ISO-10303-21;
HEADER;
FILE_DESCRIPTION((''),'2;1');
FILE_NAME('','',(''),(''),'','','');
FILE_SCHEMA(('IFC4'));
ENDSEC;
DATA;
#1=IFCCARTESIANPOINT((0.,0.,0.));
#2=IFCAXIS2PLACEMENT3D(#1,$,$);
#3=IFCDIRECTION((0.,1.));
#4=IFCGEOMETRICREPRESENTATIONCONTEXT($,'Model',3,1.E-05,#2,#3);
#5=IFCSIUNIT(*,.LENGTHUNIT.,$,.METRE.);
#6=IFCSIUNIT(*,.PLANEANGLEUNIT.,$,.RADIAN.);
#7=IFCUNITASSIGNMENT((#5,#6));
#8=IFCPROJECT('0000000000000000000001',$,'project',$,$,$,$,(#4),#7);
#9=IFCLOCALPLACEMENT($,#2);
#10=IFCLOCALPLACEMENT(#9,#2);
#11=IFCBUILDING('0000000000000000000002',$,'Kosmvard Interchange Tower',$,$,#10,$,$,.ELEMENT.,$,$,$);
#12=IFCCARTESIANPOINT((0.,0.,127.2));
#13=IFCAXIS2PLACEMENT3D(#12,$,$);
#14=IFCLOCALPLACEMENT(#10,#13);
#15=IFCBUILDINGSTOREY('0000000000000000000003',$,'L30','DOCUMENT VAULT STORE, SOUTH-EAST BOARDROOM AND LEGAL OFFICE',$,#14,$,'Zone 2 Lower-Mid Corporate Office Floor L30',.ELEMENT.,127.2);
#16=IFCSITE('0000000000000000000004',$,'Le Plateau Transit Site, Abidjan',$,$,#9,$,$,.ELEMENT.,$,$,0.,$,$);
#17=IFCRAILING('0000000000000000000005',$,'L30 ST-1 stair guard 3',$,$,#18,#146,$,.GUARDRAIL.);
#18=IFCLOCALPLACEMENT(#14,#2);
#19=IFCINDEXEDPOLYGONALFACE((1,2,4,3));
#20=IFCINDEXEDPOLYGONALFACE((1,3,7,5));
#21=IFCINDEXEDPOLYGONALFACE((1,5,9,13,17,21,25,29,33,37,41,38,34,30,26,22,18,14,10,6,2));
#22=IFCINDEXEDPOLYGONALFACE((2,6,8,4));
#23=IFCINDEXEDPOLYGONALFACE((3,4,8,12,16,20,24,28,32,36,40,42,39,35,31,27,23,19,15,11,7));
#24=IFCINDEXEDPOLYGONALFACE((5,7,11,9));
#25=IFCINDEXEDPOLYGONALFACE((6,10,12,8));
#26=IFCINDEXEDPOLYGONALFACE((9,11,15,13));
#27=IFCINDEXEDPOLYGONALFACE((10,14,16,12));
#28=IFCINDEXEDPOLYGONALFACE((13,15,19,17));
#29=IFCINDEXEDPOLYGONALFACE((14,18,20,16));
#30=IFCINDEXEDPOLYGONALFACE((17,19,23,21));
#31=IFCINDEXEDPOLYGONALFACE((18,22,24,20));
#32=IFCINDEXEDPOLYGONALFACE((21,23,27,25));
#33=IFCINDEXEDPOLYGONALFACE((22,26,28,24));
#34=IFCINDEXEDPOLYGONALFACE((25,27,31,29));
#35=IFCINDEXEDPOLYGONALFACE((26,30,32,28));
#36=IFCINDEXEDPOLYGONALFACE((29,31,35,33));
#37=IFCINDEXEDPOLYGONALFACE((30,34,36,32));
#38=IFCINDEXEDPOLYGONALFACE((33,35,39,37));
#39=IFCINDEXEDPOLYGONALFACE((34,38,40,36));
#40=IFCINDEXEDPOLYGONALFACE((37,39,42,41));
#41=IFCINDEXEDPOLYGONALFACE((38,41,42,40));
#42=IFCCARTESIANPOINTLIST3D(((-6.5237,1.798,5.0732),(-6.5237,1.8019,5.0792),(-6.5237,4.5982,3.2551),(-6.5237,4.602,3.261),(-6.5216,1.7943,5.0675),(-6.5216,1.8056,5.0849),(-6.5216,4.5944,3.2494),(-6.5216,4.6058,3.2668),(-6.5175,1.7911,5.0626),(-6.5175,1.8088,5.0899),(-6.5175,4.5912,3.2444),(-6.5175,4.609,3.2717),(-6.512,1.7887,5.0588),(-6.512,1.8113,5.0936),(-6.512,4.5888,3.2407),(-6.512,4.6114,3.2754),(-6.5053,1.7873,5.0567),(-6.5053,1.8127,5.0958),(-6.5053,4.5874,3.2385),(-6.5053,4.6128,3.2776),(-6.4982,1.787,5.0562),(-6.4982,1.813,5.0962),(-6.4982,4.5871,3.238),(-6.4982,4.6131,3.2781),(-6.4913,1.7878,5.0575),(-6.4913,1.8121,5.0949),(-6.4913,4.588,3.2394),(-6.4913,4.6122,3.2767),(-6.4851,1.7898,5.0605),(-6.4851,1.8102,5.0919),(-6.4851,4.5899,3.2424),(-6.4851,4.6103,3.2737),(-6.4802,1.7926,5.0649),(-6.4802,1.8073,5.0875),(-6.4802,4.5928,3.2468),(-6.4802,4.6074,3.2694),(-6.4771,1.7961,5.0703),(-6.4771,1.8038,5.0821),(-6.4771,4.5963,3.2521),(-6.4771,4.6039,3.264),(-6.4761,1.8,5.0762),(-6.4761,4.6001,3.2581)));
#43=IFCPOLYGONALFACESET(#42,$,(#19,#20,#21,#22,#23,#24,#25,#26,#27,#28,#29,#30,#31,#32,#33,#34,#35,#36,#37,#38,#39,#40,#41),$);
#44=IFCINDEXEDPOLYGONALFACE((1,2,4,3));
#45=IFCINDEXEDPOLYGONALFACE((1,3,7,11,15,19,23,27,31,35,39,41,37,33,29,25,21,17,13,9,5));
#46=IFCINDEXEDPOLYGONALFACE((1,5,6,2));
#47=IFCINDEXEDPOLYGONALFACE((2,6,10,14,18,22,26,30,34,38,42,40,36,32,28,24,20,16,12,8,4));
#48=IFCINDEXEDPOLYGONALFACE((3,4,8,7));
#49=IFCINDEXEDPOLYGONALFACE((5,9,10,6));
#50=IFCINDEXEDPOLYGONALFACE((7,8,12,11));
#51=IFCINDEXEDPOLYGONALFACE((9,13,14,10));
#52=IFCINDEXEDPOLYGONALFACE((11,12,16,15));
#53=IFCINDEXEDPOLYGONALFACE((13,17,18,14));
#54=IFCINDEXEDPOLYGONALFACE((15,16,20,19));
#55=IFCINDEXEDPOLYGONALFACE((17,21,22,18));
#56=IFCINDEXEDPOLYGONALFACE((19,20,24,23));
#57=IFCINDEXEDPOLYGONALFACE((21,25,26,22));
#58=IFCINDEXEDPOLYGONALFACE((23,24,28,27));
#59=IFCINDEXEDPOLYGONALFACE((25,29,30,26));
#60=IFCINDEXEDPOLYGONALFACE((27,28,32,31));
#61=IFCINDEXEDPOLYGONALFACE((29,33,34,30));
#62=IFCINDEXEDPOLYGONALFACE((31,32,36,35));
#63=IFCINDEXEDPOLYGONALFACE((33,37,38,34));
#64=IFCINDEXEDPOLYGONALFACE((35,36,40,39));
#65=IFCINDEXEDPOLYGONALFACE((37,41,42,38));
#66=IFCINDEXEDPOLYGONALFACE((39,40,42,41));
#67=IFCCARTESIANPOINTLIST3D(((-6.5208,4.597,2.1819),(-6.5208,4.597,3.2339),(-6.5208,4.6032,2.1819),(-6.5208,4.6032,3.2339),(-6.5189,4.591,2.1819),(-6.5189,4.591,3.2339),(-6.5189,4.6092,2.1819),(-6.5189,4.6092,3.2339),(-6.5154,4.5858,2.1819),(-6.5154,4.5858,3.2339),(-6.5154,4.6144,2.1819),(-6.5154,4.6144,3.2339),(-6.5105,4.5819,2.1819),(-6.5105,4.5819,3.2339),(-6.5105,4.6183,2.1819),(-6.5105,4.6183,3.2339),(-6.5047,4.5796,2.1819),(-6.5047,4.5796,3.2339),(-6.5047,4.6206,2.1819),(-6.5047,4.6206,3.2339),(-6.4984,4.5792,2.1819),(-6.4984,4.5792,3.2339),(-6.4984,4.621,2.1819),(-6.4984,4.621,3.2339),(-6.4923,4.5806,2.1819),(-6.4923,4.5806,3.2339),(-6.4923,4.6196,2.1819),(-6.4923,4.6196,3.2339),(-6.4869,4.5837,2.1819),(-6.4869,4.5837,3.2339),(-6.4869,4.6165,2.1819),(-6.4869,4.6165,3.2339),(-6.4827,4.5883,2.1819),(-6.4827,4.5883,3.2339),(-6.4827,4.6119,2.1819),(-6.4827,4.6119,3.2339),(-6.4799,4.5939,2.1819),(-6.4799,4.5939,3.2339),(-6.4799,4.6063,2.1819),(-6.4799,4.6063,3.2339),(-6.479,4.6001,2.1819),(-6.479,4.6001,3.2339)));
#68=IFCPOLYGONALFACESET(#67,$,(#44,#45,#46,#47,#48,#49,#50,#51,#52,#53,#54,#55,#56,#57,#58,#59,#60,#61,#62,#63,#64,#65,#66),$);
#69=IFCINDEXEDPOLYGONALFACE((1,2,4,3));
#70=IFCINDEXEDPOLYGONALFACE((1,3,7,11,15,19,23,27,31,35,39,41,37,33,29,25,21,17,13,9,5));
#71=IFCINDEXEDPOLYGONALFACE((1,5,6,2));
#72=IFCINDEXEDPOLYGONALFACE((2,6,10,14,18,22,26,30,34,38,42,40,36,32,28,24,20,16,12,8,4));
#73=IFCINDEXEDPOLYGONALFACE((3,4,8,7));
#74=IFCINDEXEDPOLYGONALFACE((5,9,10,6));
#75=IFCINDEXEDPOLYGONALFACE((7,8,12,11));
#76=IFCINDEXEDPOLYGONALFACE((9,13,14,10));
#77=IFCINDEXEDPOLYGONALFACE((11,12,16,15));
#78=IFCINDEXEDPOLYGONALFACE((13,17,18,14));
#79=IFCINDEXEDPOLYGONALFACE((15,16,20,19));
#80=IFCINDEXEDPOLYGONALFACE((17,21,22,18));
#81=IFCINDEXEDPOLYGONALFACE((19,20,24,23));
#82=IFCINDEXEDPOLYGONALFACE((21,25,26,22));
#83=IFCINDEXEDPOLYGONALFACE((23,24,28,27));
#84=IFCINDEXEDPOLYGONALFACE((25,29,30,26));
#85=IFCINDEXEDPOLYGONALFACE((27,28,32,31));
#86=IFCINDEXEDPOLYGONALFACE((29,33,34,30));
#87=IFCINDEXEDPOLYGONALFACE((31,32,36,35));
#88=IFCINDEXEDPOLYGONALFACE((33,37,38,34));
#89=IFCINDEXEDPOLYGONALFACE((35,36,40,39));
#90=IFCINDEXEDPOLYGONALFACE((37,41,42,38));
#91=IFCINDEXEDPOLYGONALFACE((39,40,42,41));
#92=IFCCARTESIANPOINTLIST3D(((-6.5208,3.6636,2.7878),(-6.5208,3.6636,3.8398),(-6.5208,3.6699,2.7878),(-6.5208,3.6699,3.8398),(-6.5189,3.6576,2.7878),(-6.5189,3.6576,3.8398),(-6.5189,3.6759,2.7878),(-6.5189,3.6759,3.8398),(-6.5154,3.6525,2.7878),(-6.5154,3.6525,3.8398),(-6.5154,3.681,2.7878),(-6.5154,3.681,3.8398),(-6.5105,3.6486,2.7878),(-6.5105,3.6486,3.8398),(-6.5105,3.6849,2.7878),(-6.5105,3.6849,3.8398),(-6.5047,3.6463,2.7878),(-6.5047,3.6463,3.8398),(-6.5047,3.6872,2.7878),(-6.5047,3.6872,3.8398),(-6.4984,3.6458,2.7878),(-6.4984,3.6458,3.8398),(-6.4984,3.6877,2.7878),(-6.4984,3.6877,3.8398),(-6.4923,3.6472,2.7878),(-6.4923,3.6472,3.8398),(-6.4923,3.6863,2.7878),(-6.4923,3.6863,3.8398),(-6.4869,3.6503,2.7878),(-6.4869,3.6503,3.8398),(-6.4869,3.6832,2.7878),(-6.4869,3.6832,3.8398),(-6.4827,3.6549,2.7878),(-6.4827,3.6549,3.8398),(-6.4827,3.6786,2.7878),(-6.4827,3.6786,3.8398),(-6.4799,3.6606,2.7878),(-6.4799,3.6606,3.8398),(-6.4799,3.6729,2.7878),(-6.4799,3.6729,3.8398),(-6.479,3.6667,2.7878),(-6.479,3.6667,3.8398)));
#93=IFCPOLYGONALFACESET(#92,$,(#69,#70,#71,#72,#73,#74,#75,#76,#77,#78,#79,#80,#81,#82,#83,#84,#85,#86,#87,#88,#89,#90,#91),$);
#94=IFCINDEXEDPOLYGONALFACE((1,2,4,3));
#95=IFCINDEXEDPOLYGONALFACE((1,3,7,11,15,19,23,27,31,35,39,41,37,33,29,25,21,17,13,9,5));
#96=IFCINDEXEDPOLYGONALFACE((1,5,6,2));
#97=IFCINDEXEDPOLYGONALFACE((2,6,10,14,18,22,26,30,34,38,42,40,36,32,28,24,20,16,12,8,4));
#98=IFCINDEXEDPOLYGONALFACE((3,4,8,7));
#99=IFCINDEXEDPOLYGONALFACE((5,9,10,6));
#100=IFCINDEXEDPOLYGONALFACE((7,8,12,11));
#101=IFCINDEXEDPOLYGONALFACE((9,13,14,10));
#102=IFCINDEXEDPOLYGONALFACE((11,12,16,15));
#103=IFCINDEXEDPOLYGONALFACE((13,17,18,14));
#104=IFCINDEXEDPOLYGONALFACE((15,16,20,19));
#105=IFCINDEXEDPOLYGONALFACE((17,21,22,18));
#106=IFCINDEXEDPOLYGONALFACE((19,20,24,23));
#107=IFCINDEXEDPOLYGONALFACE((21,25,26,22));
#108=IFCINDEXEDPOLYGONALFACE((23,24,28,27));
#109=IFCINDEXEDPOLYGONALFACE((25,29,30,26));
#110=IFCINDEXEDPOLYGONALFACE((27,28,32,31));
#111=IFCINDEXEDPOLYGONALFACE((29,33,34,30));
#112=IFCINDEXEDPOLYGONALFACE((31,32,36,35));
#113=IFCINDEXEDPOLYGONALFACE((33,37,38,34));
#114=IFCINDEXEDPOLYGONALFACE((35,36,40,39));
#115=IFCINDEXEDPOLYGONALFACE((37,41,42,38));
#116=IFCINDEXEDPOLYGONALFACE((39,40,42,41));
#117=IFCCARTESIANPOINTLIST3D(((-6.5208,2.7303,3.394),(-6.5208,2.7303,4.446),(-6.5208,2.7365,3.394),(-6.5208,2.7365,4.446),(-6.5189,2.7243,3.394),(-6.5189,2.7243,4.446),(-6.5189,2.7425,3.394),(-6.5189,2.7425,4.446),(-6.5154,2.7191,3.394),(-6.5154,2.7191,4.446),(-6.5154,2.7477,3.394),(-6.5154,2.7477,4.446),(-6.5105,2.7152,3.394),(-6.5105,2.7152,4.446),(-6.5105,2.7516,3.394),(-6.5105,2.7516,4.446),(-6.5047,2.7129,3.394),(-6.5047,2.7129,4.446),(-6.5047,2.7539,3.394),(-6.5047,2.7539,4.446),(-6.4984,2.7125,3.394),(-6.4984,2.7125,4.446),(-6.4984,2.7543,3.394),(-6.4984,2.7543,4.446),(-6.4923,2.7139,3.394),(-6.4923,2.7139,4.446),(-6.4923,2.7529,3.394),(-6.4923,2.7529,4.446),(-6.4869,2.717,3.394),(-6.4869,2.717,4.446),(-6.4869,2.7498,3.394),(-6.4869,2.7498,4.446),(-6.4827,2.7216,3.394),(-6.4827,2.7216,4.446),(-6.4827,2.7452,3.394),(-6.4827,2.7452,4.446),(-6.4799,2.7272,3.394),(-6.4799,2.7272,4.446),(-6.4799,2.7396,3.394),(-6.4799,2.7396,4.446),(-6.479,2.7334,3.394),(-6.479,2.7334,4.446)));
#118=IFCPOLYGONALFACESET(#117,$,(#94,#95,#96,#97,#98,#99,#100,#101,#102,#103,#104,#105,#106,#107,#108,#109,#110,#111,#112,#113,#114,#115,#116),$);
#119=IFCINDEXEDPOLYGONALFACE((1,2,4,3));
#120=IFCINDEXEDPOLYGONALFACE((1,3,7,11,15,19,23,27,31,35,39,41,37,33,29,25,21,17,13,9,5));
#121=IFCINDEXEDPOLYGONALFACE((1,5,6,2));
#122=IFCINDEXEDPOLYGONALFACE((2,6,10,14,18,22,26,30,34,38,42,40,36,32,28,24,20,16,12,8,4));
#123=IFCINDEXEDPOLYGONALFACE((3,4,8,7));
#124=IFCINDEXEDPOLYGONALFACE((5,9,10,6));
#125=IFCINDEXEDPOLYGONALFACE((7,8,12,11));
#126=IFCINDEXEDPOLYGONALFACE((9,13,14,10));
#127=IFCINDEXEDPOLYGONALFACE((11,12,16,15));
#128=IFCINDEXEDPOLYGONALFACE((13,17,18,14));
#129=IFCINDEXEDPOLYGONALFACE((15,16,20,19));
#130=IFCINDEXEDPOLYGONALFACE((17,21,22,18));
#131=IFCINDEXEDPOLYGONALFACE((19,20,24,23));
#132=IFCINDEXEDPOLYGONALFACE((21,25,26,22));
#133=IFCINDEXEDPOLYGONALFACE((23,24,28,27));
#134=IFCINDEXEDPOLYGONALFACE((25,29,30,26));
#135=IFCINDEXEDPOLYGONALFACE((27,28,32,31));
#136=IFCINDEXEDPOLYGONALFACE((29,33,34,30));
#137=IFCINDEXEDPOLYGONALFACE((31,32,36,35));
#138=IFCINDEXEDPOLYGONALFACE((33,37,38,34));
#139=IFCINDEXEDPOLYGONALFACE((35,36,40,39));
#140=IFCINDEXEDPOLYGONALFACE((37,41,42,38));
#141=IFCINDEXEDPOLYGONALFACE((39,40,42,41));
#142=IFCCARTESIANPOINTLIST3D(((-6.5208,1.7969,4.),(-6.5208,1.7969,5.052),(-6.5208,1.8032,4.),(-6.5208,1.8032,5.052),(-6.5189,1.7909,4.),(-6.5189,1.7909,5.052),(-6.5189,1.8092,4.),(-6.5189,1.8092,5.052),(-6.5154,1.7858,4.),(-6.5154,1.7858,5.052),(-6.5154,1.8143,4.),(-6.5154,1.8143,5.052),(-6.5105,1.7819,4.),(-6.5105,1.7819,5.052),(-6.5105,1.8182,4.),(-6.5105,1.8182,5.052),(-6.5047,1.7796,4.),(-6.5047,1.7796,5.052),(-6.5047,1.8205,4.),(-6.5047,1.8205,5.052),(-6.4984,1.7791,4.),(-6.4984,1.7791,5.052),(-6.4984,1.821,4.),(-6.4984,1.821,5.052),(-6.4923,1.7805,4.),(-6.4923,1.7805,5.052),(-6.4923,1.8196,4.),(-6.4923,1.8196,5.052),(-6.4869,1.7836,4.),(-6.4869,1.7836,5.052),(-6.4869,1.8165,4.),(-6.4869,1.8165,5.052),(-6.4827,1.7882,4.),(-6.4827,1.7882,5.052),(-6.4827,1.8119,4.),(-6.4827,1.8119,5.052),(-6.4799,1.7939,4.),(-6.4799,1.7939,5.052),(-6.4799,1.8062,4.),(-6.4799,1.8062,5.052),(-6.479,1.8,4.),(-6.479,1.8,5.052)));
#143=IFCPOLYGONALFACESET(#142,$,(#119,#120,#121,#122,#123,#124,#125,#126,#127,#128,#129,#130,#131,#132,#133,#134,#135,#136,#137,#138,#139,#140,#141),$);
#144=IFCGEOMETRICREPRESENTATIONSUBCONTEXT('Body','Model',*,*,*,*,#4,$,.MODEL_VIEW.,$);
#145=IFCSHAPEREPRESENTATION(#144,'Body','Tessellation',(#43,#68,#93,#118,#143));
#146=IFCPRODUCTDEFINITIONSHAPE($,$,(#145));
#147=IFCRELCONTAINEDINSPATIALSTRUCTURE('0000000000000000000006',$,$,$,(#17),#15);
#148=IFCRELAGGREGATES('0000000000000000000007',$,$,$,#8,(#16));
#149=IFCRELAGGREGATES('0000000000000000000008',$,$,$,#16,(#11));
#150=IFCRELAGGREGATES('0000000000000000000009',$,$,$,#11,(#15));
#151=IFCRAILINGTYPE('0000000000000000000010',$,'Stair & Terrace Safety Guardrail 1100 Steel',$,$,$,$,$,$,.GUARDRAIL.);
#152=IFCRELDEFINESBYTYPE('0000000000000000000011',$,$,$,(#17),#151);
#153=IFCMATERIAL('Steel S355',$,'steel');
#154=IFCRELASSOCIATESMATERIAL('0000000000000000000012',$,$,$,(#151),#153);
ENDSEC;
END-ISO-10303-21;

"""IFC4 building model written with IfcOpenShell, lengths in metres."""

from ifc_helpers import new_model, si_unit, direction, frame, origin, origin_2d, place, context, subcontext, project, spatial, circle, extrude, source, transform, mapped, material, type_object, element, save


model = new_model("IFC4")

# Units and contexts
model_context = context("Model", 3, precision=1e-05, world=origin(), true_north=direction((0.0, 1.0)))
body_context = subcontext(model_context, "Body", "Model", "MODEL_VIEW")
ifc_project = project(units=[si_unit("LENGTHUNIT", "METRE"), si_unit("PLANEANGLEUNIT", "RADIAN")], contexts=[model_context])

# Site, building, storey
site_placement = place(None, origin())
site = spatial("IfcSite", under=ifc_project, at=site_placement, Name="Le Plateau Transit Site, Abidjan", CompositionType="ELEMENT", RefElevation=0.0)
building_placement = place(site_placement, origin())
building = spatial("IfcBuilding", under=site, at=building_placement, Name="Kosmvard Interchange Tower", CompositionType="ELEMENT")
storey_placement = place(building_placement, frame((0.0, 0.0, 127.2)))
storey = spatial("IfcBuildingStorey", under=building, at=storey_placement, Name="L30", Description="DOCUMENT VAULT STORE, SOUTH-EAST BOARDROOM AND LEGAL OFFICE", LongName="Zone 2 Lower-Mid Corporate Office Floor L30", CompositionType="ELEMENT", Elevation=127.2)

# Shared definitions
ifc_material_1 = material(Name="Steel S355", Category="steel")

# Railing
railing_type_1 = type_object("IfcRailingType", Name="Stair & Terrace Safety Guardrail 1100 Steel", PredefinedType="GUARDRAIL", material=ifc_material_1)
shared_shape_1 = source(origin(), body_context, "Body", "SweptSolid", [
    extrude(circle(Radius=0.0239, at=origin_2d()), frame((0.0, 0.0, 1.0762), z_axis=(0.0, -0.838706, 0.544585), x_axis=(1.0, 0.0, 0.0)), (0.0, 0.0, 1.0), 3.3386),
    extrude(circle(Radius=0.021, at=origin_2d()), origin(), (0.0, 0.0, 1.0), 1.052),
    extrude(circle(Radius=0.021, at=origin_2d()), frame((0.0, -0.9333, 0.606)), (0.0, 0.0, 1.0), 1.052),
    extrude(circle(Radius=0.021, at=origin_2d()), frame((0.0, -1.8667, 1.2122)), (0.0, 0.0, 1.0), 1.052),
    extrude(circle(Radius=0.021, at=origin_2d()), frame((0.0, -2.8, 1.8181)), (0.0, 0.0, 1.0), 1.052),
])
railing_1_placement = place(storey_placement, frame((-6.5, 4.6001, 2.1819)))
element("IfcRailing", 1, at=railing_1_placement, inside=storey, type_object=railing_type_1, Name="L30 ST-1 stair guard 3", PredefinedType="GUARDRAIL", context=body_context, shape_type="MappedRepresentation", body=[
    mapped(shared_shape_1, transform((0.0, 0.0, 0.0), scale=1.0)),
])

save(model, "model.ifc")
